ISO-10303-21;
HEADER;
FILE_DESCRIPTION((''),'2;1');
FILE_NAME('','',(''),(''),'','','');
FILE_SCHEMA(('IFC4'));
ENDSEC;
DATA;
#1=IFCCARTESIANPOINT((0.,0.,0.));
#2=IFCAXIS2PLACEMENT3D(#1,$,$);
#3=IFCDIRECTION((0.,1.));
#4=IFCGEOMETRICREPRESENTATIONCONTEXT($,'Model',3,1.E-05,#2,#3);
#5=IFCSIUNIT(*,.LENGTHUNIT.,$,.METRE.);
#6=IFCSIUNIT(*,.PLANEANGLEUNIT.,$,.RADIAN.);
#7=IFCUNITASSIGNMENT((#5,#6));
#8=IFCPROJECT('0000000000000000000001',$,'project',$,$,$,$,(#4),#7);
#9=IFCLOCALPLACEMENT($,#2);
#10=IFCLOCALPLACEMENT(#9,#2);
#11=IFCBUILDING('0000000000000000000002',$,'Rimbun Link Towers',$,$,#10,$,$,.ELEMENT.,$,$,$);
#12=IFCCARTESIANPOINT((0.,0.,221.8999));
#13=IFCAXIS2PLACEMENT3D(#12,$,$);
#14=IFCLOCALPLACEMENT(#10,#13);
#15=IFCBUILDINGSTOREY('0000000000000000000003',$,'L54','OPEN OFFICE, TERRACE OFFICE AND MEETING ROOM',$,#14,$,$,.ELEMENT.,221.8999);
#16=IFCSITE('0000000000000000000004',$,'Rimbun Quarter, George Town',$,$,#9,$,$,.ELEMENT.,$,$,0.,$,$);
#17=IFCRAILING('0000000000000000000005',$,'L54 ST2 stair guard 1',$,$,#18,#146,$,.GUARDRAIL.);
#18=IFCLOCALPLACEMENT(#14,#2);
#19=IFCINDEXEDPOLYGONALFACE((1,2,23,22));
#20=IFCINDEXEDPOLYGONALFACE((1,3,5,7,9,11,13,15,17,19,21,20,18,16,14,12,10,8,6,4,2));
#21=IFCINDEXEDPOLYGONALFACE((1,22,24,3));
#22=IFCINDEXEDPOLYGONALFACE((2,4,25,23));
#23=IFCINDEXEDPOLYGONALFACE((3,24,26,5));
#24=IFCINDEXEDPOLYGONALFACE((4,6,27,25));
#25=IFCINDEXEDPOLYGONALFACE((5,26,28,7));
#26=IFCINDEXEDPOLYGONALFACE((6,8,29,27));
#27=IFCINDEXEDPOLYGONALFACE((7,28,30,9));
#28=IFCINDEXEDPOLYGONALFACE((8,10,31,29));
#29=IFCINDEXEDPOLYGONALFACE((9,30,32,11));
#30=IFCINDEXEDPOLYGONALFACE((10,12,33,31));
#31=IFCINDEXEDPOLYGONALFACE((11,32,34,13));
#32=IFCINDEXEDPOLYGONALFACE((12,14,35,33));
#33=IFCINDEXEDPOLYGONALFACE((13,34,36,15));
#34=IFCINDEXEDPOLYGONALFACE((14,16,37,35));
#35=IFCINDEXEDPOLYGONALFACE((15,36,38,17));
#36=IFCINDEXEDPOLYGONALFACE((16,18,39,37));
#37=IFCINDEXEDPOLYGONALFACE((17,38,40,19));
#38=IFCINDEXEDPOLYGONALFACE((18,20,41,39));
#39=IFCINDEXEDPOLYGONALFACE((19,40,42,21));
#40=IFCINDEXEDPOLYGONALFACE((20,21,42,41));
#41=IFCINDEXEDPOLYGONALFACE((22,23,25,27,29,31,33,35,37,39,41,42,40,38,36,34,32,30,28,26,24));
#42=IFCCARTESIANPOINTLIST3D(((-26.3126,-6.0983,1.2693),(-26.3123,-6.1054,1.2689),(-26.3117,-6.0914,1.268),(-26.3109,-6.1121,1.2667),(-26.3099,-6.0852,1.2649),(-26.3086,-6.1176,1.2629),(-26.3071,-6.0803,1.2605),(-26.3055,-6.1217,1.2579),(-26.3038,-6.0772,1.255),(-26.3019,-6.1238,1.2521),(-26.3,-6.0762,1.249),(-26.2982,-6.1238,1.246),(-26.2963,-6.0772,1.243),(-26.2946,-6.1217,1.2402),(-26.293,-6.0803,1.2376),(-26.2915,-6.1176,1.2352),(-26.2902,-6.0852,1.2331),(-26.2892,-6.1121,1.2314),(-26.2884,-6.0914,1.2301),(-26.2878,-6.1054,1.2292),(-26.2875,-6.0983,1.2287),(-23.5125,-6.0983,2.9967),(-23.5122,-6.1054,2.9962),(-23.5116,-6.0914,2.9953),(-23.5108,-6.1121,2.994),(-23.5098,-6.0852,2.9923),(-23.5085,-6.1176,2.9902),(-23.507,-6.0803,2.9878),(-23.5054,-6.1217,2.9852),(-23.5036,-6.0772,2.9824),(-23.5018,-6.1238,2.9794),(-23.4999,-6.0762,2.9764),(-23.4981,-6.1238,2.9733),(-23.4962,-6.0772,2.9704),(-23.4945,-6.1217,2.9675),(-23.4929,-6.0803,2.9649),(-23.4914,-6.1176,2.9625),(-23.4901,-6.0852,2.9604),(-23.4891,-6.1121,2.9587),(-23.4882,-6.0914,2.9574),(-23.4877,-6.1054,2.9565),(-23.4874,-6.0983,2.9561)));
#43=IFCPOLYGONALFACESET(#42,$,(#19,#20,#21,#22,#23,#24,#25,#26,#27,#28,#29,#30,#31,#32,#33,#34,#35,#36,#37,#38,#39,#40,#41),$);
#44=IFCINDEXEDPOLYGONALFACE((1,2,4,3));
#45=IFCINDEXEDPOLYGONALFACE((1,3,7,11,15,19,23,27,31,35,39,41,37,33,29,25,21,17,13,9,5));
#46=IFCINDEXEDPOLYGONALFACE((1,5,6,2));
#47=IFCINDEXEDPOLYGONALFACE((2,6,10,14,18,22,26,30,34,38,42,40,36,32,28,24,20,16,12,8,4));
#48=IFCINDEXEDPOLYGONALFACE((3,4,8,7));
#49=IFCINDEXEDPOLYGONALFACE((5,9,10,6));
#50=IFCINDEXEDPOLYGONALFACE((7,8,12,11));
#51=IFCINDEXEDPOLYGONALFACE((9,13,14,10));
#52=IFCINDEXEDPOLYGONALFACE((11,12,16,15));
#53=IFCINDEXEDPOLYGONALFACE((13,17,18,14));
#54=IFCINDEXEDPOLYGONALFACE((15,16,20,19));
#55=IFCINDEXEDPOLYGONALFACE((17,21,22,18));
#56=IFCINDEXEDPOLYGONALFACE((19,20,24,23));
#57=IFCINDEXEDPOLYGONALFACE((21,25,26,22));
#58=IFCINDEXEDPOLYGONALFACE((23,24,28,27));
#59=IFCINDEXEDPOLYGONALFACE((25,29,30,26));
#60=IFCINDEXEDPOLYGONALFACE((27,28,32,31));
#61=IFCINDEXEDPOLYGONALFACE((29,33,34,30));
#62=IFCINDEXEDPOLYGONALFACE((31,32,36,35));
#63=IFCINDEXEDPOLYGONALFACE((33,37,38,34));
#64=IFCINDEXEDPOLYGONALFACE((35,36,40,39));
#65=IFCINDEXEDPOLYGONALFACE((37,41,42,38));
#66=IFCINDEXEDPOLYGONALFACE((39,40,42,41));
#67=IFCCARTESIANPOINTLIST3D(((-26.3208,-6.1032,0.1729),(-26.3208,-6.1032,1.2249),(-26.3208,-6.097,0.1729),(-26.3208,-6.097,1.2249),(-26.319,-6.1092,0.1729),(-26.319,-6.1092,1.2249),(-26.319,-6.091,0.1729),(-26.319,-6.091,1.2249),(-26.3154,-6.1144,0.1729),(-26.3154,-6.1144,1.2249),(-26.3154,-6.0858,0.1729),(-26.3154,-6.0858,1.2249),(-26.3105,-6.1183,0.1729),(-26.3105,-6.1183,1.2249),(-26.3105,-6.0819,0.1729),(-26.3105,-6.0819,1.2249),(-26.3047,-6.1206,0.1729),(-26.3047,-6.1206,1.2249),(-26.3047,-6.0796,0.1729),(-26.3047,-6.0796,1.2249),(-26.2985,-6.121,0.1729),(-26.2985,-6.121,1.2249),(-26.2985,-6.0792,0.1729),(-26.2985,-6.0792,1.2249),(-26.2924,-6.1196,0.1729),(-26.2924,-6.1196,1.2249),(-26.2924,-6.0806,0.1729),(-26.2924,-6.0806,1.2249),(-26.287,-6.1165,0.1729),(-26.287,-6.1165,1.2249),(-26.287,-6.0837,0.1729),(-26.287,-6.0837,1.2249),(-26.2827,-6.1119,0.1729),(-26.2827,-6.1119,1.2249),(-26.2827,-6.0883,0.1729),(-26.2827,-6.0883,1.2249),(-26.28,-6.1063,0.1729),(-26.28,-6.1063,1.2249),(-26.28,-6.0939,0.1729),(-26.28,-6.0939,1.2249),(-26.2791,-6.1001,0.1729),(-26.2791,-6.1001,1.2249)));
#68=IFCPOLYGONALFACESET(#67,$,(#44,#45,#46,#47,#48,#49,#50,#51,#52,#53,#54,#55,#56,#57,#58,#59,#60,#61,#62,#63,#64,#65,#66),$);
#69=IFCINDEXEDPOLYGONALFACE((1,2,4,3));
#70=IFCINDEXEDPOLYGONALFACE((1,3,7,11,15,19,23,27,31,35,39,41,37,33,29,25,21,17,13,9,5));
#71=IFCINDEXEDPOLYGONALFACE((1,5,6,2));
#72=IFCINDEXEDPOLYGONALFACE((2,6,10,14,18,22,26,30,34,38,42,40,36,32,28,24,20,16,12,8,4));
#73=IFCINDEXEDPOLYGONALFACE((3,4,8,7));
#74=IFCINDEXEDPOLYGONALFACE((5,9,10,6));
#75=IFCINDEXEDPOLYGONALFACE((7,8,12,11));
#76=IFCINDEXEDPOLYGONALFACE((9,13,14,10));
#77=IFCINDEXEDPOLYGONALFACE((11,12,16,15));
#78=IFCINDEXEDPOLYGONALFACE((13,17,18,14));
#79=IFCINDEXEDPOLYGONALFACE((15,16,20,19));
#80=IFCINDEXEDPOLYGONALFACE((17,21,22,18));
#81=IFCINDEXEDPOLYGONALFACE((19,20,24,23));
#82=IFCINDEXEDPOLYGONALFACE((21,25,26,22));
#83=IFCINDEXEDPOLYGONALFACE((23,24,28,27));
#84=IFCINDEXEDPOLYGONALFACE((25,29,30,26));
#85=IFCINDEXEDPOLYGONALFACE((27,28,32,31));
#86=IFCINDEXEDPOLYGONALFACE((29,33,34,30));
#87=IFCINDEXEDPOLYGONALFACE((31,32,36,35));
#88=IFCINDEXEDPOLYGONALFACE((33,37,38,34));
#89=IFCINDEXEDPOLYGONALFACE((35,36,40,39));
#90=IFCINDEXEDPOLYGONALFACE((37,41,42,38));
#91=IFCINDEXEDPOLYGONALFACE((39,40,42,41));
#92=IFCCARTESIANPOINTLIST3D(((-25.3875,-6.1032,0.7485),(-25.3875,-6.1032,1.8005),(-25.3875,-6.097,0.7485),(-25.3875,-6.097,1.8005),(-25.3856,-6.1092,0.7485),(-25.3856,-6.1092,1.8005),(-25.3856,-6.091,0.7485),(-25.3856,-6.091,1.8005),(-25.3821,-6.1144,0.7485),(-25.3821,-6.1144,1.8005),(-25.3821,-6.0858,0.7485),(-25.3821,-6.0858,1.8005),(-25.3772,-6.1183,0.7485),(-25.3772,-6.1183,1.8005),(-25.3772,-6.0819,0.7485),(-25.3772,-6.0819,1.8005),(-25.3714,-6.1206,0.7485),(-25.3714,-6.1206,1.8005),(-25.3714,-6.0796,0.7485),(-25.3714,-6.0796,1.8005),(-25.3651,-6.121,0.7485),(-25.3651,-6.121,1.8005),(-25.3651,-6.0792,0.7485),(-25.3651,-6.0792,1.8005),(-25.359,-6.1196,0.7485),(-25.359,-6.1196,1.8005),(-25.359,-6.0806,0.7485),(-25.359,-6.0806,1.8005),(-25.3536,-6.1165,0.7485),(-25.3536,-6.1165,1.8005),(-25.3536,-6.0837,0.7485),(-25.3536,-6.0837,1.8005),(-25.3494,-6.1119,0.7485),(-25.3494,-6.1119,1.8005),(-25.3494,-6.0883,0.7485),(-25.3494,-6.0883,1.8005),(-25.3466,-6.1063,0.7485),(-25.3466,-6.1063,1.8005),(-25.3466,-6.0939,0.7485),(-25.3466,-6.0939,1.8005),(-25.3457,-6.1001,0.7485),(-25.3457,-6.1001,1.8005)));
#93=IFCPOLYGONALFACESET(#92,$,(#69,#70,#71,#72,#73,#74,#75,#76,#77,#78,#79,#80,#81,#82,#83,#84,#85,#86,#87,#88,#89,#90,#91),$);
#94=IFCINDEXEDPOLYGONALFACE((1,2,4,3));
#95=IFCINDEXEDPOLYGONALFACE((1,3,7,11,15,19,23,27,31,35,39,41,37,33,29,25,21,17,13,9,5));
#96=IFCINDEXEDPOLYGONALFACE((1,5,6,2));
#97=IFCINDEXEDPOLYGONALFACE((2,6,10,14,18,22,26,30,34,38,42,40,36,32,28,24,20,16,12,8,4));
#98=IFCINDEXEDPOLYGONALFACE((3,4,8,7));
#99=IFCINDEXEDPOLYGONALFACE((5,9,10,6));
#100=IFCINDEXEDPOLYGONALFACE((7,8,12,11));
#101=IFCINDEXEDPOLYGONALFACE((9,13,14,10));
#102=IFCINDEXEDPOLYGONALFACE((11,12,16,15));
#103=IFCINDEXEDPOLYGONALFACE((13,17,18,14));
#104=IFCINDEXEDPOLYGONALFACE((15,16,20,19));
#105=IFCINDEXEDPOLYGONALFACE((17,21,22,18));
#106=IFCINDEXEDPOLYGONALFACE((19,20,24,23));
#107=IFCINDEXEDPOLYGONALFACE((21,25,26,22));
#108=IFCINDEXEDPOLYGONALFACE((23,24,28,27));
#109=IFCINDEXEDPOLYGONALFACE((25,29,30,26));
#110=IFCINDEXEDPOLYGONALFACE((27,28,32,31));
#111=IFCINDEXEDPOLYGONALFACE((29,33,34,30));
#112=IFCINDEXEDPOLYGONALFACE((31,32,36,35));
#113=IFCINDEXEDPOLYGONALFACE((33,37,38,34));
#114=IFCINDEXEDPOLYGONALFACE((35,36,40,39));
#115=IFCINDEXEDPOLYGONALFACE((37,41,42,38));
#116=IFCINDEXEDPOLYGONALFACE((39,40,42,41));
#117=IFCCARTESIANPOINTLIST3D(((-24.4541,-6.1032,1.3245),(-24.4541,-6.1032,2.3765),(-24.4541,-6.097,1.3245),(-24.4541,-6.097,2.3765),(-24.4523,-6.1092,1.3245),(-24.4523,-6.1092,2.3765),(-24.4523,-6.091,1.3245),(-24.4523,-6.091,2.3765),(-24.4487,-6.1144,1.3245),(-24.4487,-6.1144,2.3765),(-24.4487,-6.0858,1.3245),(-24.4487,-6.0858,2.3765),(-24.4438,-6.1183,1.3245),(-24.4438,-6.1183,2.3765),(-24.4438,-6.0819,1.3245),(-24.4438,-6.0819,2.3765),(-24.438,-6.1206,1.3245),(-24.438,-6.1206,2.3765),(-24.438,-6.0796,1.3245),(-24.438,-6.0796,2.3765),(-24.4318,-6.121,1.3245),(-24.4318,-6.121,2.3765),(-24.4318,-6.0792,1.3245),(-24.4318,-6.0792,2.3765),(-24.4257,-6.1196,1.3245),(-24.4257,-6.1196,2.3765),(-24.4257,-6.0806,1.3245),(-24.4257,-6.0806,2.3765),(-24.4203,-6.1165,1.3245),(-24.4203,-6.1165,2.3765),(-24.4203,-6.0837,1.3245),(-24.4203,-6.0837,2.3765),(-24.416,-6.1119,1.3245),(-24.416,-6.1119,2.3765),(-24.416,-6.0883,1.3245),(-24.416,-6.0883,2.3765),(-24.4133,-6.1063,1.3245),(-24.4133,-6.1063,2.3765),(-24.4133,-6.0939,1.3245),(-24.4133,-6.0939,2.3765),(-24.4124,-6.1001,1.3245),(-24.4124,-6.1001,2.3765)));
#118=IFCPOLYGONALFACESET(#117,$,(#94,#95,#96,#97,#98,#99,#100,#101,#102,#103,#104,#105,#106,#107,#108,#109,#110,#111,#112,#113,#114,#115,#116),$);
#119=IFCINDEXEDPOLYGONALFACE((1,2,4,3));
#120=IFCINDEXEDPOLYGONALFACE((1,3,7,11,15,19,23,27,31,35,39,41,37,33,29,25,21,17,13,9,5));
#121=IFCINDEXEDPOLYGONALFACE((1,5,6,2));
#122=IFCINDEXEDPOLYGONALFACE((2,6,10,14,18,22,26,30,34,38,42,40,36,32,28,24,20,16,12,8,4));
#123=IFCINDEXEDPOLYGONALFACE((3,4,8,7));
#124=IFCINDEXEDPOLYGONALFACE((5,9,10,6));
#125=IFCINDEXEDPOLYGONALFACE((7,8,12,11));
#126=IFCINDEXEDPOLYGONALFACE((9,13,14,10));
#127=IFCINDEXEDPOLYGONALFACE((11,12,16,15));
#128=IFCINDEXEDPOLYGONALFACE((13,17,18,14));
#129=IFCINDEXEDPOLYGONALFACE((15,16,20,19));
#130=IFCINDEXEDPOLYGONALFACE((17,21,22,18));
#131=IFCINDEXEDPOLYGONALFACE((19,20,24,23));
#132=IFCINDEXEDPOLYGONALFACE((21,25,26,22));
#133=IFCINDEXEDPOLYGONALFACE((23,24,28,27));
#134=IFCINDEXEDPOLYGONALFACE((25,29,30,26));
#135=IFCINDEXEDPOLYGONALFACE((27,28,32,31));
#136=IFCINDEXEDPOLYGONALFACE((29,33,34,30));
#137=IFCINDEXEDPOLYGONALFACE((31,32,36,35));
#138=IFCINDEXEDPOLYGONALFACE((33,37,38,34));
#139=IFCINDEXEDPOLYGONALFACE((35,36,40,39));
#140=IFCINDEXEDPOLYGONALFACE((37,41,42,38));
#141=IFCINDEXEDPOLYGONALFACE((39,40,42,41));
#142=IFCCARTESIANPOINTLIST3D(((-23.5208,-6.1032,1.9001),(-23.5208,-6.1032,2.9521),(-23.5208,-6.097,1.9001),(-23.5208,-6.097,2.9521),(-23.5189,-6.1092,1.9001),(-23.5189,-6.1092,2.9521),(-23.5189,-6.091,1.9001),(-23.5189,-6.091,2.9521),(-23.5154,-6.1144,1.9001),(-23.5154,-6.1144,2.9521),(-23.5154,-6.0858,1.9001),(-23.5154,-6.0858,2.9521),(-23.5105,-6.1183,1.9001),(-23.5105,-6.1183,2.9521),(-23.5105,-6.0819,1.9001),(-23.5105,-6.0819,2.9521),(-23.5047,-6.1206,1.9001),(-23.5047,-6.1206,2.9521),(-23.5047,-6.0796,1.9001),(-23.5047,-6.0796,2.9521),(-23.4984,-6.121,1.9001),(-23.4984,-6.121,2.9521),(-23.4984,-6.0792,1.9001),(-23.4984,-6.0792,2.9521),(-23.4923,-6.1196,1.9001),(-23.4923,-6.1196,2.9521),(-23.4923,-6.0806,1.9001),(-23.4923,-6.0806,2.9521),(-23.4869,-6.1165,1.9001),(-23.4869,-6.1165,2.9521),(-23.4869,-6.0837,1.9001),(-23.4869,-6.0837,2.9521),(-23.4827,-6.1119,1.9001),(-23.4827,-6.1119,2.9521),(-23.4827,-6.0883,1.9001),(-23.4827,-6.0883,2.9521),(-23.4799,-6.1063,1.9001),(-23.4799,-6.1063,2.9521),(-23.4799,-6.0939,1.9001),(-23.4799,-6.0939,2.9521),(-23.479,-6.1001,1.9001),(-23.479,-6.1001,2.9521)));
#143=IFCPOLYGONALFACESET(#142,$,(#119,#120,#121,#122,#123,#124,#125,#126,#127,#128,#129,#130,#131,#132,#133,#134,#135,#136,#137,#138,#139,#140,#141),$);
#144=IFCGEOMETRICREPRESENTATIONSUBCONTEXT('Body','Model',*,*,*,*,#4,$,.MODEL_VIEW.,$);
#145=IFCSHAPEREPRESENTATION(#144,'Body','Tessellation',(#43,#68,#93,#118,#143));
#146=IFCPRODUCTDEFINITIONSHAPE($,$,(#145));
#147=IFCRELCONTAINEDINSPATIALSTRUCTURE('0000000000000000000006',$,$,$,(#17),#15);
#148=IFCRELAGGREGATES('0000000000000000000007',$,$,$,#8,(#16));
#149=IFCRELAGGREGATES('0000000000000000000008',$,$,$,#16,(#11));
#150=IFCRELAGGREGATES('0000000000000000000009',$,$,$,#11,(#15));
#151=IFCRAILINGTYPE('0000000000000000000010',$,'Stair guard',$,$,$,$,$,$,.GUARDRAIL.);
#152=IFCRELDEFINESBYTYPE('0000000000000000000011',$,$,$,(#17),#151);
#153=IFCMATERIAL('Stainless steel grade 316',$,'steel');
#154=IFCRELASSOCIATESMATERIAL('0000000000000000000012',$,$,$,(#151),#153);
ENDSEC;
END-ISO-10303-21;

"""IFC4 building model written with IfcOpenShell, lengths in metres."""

from ifc_helpers import new_model, si_unit, direction, frame, origin, origin_2d, place, context, subcontext, project, spatial, circle, extrude, material, type_object, element, save


model = new_model("IFC4")

# Units and contexts
model_context = context("Model", 3, precision=1e-05, world=origin(), true_north=direction((0.0, 1.0)))
body_context = subcontext(model_context, "Body", "Model", "MODEL_VIEW")
ifc_project = project(units=[si_unit("LENGTHUNIT", "METRE"), si_unit("PLANEANGLEUNIT", "RADIAN")], contexts=[model_context])

# Site, building, storey
site_placement = place(None, origin())
site = spatial("IfcSite", under=ifc_project, at=site_placement, Name="Rimbun Quarter, George Town", CompositionType="ELEMENT", RefElevation=0.0)
building_placement = place(site_placement, origin())
building = spatial("IfcBuilding", under=site, at=building_placement, Name="Rimbun Link Towers", CompositionType="ELEMENT")
storey_placement = place(building_placement, frame((0.0, 0.0, 221.8999)))
storey = spatial("IfcBuildingStorey", under=building, at=storey_placement, Name="L54", Description="OPEN OFFICE, TERRACE OFFICE AND MEETING ROOM", CompositionType="ELEMENT", Elevation=221.8999)

# Railing
ifc_material_1 = material(Name="Stainless steel grade 316", Category="steel")
railing_type_1 = type_object("IfcRailingType", Name="Stair guard", PredefinedType="GUARDRAIL", material=ifc_material_1)
railing_1_placement = place(storey_placement, frame((-26.3, -6.1001, 0.1729)))
element("IfcRailing", 1, at=railing_1_placement, inside=storey, type_object=railing_type_1, Name="L54 ST2 stair guard 1", PredefinedType="GUARDRAIL", context=body_context, shape_type="SweptSolid", body=[
    extrude(circle(Radius=0.0239, at=origin_2d()), frame((0.0, 0.0, 1.0762), z_axis=(0.85109, 0.0, 0.52502), x_axis=(0.0, 1.0, 0.0)), (0.0, 0.0, 1.0), 3.29),
    extrude(circle(Radius=0.021, at=origin_2d()), origin(), (0.0, 0.0, 1.0), 1.052),
    extrude(circle(Radius=0.021, at=origin_2d()), frame((0.9333, 0.0, 0.5757)), (0.0, 0.0, 1.0), 1.052),
    extrude(circle(Radius=0.021, at=origin_2d()), frame((1.8667, 0.0, 1.1516)), (0.0, 0.0, 1.0), 1.052),
    extrude(circle(Radius=0.021, at=origin_2d()), frame((2.8, 0.0, 1.7273)), (0.0, 0.0, 1.0), 1.052),
])

save(model, "model.ifc")
